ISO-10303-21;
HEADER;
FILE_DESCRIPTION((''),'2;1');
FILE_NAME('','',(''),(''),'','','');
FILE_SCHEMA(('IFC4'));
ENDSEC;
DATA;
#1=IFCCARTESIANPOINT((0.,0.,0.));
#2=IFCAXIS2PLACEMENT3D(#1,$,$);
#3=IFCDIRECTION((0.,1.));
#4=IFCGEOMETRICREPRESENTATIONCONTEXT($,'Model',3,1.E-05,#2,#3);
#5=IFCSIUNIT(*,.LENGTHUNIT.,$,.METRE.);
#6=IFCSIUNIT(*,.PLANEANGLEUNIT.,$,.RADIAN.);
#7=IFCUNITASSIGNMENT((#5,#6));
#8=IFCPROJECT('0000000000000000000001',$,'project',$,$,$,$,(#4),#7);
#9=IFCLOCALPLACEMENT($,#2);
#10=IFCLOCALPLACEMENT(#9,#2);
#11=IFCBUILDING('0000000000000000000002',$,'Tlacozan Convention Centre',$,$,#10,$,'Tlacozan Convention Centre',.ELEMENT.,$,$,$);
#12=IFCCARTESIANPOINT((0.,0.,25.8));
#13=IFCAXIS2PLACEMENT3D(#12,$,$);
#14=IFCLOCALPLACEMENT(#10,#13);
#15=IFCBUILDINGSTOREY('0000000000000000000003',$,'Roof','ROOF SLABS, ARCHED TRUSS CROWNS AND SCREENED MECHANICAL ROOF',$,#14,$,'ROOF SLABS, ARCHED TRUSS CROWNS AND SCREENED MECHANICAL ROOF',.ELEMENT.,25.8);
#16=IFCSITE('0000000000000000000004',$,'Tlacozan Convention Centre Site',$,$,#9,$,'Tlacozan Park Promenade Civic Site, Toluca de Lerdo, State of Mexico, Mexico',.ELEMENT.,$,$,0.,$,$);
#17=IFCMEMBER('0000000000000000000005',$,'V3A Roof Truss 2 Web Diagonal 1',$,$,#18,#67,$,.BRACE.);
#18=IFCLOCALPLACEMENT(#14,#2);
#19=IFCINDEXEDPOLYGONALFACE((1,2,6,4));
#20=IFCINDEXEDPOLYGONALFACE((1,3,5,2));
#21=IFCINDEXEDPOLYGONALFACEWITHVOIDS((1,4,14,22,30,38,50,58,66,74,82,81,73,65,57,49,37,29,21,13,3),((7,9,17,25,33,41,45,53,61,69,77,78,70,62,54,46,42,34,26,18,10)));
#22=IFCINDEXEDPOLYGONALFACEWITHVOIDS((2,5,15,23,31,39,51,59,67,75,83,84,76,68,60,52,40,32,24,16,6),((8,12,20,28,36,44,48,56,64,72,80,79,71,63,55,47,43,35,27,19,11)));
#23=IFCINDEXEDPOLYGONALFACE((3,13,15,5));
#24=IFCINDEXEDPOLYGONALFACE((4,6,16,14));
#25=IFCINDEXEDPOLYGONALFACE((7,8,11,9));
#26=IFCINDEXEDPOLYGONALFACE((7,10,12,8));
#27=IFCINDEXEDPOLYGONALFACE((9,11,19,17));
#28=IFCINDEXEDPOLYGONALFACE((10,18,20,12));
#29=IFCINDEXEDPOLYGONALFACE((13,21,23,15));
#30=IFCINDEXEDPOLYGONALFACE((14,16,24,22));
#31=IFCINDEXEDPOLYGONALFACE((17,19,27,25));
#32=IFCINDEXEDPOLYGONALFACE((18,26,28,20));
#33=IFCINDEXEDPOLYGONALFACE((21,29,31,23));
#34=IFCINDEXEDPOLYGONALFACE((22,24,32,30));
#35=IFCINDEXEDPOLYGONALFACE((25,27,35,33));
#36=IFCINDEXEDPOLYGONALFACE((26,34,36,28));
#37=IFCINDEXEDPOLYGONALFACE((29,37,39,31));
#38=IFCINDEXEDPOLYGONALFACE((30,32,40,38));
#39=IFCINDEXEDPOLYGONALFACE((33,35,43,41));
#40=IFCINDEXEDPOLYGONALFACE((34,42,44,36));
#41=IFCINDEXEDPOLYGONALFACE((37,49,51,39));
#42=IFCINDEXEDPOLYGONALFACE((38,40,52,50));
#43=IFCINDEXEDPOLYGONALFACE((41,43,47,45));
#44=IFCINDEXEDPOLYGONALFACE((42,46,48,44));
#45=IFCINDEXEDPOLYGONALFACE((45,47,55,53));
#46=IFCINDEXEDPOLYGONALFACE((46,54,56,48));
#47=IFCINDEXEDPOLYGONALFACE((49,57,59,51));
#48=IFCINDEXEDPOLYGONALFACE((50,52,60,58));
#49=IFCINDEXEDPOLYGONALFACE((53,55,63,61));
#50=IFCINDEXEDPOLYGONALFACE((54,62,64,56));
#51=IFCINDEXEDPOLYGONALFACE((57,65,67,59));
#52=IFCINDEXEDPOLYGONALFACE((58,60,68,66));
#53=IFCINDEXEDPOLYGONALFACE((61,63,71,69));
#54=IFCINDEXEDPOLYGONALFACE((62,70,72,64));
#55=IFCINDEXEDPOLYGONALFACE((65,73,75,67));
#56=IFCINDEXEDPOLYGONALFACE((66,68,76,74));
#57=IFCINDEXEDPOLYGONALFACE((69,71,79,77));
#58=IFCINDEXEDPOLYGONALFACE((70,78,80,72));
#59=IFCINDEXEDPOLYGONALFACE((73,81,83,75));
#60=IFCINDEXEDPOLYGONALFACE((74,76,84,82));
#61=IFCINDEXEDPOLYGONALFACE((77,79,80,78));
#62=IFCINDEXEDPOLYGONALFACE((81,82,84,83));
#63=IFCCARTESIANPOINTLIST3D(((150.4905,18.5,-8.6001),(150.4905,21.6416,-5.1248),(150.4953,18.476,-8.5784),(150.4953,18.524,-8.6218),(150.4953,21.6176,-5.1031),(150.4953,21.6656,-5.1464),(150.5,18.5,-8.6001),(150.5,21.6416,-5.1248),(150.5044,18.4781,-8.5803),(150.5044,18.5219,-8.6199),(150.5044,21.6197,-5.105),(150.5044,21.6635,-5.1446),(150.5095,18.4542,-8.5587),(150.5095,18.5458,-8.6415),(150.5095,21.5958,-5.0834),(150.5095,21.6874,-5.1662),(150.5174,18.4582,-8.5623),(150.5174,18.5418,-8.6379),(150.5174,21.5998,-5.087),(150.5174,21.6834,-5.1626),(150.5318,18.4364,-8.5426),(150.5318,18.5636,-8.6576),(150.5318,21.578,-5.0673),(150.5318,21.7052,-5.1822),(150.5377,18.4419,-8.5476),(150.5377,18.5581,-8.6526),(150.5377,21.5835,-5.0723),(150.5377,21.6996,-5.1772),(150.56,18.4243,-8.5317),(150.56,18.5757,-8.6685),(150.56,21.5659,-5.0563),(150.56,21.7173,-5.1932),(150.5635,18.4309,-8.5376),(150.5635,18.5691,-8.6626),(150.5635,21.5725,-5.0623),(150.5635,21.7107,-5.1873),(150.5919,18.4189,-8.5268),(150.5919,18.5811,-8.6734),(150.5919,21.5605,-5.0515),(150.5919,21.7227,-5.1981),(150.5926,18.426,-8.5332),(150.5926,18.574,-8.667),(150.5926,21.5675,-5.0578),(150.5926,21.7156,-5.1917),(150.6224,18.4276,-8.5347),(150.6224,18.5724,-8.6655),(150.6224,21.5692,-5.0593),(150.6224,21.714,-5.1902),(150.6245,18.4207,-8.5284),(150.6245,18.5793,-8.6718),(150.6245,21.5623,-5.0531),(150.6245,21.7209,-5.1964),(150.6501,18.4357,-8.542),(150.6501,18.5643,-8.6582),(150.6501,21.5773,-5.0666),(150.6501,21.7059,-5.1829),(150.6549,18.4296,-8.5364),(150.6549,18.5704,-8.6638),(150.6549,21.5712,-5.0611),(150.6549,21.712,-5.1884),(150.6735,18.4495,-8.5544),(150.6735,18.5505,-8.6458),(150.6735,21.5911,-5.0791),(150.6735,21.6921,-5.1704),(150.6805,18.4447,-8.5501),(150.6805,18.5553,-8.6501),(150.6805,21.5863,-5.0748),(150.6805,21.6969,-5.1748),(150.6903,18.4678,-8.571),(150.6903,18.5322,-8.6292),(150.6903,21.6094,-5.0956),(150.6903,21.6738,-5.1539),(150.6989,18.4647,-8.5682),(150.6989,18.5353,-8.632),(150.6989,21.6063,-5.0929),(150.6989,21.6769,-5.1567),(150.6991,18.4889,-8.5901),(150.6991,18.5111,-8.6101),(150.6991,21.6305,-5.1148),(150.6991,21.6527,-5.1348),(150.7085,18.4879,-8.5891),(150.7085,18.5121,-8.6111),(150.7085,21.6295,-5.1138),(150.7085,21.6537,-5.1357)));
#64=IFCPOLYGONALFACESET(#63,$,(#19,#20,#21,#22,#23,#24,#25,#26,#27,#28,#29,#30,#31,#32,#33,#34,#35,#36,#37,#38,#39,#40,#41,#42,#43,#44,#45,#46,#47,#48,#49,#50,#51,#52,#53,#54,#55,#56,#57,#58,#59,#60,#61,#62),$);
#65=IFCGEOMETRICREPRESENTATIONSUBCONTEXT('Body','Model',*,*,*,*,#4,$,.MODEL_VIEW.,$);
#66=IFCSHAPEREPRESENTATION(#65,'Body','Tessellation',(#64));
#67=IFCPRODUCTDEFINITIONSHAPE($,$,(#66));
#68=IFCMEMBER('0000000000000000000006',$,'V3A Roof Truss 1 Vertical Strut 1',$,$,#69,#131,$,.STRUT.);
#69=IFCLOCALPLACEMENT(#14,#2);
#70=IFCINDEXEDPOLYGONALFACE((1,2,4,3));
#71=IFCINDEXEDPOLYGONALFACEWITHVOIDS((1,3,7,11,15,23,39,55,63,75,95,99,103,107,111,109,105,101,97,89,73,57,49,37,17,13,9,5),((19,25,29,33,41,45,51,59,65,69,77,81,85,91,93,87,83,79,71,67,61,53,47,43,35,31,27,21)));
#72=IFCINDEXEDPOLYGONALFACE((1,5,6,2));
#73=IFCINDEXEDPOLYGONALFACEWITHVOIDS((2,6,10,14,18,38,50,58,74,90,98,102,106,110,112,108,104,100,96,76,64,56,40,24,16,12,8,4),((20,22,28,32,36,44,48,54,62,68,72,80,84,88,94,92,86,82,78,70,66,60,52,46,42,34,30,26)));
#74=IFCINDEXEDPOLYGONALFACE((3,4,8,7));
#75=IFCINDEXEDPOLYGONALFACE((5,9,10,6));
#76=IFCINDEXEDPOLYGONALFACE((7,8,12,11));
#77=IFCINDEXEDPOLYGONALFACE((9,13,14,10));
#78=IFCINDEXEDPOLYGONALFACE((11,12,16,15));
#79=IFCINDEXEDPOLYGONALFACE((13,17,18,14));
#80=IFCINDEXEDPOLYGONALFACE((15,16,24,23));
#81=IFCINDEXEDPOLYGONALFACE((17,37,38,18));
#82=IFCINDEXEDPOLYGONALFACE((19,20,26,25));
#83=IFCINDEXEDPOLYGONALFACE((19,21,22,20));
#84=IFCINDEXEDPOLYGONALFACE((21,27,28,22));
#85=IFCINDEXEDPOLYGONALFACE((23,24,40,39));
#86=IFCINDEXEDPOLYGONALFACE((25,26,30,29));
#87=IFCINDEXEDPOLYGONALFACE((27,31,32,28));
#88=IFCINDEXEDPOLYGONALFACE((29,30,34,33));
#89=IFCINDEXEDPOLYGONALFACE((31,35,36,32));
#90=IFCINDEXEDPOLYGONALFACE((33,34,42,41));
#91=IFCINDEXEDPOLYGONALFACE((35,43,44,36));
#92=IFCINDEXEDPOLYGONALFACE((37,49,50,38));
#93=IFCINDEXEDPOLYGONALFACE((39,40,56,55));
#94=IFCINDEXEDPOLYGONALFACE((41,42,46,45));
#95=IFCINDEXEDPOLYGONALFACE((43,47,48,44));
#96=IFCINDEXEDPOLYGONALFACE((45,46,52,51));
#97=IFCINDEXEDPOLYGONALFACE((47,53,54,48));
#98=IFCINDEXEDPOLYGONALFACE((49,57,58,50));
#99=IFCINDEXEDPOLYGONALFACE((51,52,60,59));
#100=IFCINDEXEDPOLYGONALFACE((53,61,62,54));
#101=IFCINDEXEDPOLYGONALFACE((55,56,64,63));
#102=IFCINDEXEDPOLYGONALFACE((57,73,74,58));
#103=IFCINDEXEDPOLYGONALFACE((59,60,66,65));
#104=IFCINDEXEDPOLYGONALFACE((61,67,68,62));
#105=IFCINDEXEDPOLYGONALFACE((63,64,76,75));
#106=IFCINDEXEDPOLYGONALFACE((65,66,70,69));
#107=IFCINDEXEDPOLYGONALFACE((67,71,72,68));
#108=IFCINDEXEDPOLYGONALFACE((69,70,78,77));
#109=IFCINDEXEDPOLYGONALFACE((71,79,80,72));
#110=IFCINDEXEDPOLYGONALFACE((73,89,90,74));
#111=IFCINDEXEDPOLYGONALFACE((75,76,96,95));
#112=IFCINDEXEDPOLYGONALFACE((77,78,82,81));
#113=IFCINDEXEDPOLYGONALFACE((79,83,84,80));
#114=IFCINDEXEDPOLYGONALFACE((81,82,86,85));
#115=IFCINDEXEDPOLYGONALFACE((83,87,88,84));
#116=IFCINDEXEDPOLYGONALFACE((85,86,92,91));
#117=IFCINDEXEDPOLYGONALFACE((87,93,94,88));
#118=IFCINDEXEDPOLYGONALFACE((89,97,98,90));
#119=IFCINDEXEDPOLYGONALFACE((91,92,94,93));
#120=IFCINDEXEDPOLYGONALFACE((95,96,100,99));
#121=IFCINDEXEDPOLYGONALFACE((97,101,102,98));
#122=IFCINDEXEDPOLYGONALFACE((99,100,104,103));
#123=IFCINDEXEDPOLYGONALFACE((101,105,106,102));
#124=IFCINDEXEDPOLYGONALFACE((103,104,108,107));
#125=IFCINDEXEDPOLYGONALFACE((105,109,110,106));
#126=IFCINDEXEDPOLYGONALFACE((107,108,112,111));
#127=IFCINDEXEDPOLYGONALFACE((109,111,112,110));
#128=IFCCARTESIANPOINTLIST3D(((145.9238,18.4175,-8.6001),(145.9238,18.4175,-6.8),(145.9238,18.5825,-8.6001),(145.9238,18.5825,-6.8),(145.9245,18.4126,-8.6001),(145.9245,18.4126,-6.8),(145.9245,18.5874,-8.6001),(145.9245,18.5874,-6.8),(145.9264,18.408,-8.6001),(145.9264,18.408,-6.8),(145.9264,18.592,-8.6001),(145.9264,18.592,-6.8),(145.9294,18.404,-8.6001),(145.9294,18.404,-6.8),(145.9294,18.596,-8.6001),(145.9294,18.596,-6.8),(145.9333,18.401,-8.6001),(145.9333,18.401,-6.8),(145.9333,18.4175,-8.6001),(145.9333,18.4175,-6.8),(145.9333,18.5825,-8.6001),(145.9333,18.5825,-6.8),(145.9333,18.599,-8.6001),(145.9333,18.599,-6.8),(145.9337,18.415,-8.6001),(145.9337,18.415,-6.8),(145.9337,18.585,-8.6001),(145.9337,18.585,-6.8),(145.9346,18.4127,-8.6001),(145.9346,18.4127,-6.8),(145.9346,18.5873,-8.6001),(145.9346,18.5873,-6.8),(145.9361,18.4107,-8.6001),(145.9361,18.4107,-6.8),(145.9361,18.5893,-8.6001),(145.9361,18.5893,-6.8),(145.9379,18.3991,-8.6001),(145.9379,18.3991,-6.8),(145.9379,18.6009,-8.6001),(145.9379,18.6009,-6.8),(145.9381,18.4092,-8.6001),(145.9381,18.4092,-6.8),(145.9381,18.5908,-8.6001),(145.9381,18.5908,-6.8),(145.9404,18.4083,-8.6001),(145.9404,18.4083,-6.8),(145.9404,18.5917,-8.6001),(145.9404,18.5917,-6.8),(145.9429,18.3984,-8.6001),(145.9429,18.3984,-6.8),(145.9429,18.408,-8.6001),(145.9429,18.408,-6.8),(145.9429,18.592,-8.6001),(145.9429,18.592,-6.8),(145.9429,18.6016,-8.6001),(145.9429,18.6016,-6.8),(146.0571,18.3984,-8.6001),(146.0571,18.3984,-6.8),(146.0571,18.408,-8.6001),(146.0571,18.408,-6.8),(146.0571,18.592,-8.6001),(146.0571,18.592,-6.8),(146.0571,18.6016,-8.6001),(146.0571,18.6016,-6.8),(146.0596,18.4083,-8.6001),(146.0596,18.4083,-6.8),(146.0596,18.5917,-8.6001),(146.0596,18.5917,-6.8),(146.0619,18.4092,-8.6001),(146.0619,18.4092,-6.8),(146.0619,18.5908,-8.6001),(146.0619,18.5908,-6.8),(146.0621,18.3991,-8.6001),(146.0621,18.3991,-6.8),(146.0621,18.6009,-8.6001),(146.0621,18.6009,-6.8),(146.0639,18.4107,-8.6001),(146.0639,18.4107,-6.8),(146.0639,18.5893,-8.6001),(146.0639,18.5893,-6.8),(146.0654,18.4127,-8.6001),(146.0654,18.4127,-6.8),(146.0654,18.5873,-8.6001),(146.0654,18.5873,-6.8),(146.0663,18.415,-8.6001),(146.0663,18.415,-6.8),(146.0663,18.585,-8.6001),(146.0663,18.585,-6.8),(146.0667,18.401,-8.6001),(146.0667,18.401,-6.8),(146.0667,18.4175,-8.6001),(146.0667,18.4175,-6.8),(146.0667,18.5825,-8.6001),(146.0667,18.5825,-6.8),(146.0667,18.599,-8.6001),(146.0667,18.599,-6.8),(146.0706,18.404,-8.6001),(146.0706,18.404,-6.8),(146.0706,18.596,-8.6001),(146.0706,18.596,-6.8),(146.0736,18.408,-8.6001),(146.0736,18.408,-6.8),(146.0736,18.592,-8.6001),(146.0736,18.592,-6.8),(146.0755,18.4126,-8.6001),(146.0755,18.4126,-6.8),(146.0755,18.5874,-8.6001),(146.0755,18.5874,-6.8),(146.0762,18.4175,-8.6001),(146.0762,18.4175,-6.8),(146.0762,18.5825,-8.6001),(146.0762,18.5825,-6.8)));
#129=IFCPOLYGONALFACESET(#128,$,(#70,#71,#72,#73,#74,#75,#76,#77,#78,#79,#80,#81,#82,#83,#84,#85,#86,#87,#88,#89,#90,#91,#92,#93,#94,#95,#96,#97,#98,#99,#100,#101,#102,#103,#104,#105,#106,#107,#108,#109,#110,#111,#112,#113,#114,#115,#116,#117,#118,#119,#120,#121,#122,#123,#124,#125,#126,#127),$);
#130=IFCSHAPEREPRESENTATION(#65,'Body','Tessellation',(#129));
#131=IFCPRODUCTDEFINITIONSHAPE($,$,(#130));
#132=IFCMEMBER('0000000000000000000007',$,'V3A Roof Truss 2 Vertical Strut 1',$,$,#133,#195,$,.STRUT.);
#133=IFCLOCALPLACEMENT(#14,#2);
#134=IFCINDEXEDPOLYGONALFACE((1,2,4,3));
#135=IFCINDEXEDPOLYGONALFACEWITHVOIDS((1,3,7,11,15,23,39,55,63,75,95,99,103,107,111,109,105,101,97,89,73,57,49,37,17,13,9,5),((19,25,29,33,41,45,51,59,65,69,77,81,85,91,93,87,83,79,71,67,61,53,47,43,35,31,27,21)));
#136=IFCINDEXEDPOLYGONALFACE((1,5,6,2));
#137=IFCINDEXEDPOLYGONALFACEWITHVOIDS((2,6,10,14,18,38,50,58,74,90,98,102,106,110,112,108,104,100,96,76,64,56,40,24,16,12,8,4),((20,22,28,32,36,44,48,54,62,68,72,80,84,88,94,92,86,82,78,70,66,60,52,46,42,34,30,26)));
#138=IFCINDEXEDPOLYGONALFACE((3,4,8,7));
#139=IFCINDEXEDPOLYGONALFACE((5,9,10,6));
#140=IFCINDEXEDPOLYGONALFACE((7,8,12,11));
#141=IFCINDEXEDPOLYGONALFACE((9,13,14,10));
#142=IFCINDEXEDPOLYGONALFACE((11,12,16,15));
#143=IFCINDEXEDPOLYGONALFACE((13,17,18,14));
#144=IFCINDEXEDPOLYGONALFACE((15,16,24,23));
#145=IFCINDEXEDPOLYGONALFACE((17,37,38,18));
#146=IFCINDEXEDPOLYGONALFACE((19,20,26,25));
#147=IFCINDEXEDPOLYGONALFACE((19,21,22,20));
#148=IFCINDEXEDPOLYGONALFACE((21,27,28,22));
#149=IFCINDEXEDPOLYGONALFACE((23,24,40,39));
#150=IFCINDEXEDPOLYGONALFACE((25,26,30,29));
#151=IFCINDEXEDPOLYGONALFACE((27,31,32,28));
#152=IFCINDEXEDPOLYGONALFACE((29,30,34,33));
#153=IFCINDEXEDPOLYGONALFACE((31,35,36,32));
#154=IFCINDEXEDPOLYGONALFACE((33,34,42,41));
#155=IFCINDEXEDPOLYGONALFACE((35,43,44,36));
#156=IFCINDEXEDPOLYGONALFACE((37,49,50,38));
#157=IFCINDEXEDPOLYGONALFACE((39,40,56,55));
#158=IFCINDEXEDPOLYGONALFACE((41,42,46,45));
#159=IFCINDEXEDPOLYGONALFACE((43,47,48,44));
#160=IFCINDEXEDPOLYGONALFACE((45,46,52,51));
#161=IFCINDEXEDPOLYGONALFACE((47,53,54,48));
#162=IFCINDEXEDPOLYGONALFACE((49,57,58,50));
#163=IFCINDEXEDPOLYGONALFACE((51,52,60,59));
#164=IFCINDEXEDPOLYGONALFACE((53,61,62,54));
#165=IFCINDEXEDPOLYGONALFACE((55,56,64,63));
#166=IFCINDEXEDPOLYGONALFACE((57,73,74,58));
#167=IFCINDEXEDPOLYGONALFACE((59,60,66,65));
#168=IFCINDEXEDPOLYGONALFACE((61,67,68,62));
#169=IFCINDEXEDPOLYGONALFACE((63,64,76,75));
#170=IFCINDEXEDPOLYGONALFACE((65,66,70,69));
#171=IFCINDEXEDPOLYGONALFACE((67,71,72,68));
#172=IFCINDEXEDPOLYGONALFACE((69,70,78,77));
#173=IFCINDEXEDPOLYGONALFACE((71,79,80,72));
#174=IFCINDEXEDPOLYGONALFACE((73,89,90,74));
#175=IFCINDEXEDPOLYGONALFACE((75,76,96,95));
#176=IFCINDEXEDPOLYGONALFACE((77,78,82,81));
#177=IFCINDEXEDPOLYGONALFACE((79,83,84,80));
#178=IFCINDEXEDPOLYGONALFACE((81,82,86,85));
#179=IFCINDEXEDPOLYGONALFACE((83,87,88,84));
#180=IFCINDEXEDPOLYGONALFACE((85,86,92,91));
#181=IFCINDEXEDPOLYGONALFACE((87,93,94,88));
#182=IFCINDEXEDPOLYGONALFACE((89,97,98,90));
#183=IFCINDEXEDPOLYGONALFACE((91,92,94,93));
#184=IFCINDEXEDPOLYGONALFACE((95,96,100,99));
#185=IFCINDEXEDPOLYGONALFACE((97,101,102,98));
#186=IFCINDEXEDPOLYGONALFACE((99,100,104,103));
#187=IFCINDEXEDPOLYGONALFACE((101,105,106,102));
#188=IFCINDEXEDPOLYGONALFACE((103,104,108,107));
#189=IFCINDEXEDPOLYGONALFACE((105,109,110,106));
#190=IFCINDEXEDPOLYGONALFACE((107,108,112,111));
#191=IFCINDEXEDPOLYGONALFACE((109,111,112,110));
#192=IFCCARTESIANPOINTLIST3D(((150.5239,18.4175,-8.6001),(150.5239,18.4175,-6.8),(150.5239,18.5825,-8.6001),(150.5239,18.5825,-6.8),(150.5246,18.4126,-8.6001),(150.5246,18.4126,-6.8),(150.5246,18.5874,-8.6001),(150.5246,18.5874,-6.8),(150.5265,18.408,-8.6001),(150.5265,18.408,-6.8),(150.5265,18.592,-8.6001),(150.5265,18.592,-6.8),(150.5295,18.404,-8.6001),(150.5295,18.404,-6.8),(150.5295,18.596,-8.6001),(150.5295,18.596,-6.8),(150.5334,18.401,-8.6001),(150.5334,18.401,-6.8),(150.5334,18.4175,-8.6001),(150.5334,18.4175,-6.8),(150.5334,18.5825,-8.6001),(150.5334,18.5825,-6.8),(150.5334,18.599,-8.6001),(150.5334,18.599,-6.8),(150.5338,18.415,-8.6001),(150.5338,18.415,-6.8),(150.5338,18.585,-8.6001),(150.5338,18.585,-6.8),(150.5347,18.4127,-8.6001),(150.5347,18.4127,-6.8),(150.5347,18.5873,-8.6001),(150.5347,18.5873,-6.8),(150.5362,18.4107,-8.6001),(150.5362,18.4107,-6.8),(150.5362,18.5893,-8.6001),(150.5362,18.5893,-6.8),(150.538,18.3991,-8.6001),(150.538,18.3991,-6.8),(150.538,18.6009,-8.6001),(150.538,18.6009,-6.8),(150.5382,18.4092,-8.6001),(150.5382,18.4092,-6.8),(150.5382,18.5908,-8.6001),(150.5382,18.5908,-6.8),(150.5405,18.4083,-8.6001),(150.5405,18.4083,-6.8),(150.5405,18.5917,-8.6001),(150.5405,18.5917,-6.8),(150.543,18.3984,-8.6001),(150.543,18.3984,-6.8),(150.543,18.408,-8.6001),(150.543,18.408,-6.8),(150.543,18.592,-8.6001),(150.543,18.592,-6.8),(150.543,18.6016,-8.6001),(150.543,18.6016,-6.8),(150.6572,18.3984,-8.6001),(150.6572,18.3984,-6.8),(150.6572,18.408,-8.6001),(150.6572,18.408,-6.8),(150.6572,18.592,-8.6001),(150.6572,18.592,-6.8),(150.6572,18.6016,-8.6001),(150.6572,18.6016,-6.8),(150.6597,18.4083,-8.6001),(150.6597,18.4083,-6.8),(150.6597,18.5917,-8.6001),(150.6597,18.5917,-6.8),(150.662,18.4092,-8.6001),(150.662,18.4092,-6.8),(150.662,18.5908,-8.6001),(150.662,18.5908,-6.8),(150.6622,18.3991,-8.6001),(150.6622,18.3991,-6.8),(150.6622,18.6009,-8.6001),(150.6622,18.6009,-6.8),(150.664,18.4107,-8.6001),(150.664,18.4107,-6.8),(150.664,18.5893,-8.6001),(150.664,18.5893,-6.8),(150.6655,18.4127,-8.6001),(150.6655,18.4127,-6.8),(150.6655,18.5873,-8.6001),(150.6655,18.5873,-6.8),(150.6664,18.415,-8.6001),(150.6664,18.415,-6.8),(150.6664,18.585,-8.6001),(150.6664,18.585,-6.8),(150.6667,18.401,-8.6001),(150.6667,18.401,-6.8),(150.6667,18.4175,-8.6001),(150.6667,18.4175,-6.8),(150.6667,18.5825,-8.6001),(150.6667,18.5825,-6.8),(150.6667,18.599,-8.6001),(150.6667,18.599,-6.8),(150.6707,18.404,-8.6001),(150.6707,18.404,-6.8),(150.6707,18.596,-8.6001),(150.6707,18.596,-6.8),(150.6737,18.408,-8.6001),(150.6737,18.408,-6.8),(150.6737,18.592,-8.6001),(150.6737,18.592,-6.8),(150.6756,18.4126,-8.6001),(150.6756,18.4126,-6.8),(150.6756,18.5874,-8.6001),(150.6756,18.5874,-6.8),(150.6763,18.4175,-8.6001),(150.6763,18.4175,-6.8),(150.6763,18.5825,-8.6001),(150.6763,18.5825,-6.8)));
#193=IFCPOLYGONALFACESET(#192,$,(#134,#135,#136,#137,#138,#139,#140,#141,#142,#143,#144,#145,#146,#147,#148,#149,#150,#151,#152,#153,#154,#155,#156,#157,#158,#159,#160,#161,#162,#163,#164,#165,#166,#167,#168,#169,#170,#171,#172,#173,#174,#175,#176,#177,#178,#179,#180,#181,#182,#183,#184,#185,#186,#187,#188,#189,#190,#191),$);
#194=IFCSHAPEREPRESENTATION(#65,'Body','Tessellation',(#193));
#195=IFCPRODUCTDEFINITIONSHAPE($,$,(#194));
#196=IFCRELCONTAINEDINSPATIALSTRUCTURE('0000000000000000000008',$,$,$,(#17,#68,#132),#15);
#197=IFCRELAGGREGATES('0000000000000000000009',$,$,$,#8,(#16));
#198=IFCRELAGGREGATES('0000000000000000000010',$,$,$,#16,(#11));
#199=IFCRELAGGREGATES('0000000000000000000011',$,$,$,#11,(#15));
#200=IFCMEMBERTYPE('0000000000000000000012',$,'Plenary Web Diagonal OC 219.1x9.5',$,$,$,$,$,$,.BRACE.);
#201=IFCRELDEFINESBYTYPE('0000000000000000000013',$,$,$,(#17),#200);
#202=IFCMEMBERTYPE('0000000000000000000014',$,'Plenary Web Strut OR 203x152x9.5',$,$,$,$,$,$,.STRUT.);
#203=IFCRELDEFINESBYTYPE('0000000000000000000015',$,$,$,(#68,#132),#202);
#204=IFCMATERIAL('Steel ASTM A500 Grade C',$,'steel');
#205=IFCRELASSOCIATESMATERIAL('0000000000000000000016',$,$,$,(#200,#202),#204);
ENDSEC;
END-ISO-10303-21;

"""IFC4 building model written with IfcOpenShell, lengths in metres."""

from ifc_helpers import new_model, si_unit, direction, frame, origin, origin_2d, place, context, subcontext, project, spatial, hollow_rectangle, hollow_circle, extrude, material, material_profile, profile_set, type_object, element, save


model = new_model("IFC4")

# Units and contexts
model_context = context("Model", 3, precision=1e-05, world=origin(), true_north=direction((0.0, 1.0)))
body_context = subcontext(model_context, "Body", "Model", "MODEL_VIEW")
ifc_project = project(units=[si_unit("LENGTHUNIT", "METRE"), si_unit("PLANEANGLEUNIT", "RADIAN")], contexts=[model_context])

# Site, building, storey
site_placement = place(None, origin())
site = spatial("IfcSite", under=ifc_project, at=site_placement, Name="Tlacozan Convention Centre Site", LongName="Tlacozan Park Promenade Civic Site, Toluca de Lerdo, State of Mexico, Mexico", CompositionType="ELEMENT", RefElevation=0.0)
building_placement = place(site_placement, origin())
building = spatial("IfcBuilding", under=site, at=building_placement, Name="Tlacozan Convention Centre", LongName="Tlacozan Convention Centre", CompositionType="ELEMENT")
storey_placement = place(building_placement, frame((0.0, 0.0, 25.8)))
storey = spatial("IfcBuildingStorey", under=building, at=storey_placement, Name="Roof", Description="ROOF SLABS, ARCHED TRUSS CROWNS AND SCREENED MECHANICAL ROOF", LongName="ROOF SLABS, ARCHED TRUSS CROWNS AND SCREENED MECHANICAL ROOF", CompositionType="ELEMENT", Elevation=25.8)

# Members
ifc_material_1 = material(Name="Steel ASTM A500 Grade C", Category="steel")
ifc_material_profile_1 = material_profile(ifc_material_1, hollow_circle(Radius=0.1096, WallThickness=0.0095, at=origin_2d()), Name="OC 219.1x9.5")
ifc_profile_set_1 = profile_set([ifc_material_profile_1], Name="Steel ASTM A500 Grade C")
member_type_1 = type_object("IfcMemberType", Name="Plenary Web Diagonal OC 219.1x9.5", PredefinedType="BRACE", material=ifc_profile_set_1)
member_1_placement = place(storey_placement, frame((150.6001, 18.5, -8.6001), z_axis=(0.0, 0.67059, 0.741828), x_axis=(-1.0, 0.0, 0.0)))
element("IfcMember", 1, at=member_1_placement, inside=storey, type_object=member_type_1, Name="V3A Roof Truss 2 Web Diagonal 1", PredefinedType="BRACE", context=body_context, shape_type="SweptSolid", body=[
    extrude(hollow_circle(Radius=0.1096, WallThickness=0.0095, at=origin_2d()), origin(), (0.0, 0.0, 1.0), 4.6848),
])
ifc_material_profile_2 = material_profile(ifc_material_1, hollow_rectangle(XDim=0.1523, YDim=0.2031, WallThickness=0.0095, InnerFilletRadius=0.0095, OuterFilletRadius=0.019, at=origin_2d()), Name="OR 203x152x9.5")
ifc_profile_set_2 = profile_set([ifc_material_profile_2], Name="Steel ASTM A500 Grade C")
member_type_2 = type_object("IfcMemberType", Name="Plenary Web Strut OR 203x152x9.5", PredefinedType="STRUT", material=ifc_profile_set_2)
for number, where, z_axis, x_axis, name in (
    (2, (146.0, 18.5, -8.6001), (0.0, 0.0, 1.0), (1.0, 0.0, 0.0), "V3A Roof Truss 1 Vertical Strut 1"),
    (3, (150.6001, 18.5, -8.6001), (0.0, 0.0, 1.0), (1.0, 0.0, 0.0), "V3A Roof Truss 2 Vertical Strut 1"),
):
    element("IfcMember", number, at=place(storey_placement, frame(where, z_axis=z_axis, x_axis=x_axis)), inside=storey, type_object=member_type_2, Name=name, PredefinedType="STRUT", context=body_context, shape_type="SweptSolid", body=[
        extrude(hollow_rectangle(XDim=0.1523, YDim=0.2031, WallThickness=0.0095, InnerFilletRadius=0.0095, OuterFilletRadius=0.019, at=origin_2d()), origin(), (0.0, 0.0, 1.0), 1.8),
    ])

save(model, "model.ifc")
